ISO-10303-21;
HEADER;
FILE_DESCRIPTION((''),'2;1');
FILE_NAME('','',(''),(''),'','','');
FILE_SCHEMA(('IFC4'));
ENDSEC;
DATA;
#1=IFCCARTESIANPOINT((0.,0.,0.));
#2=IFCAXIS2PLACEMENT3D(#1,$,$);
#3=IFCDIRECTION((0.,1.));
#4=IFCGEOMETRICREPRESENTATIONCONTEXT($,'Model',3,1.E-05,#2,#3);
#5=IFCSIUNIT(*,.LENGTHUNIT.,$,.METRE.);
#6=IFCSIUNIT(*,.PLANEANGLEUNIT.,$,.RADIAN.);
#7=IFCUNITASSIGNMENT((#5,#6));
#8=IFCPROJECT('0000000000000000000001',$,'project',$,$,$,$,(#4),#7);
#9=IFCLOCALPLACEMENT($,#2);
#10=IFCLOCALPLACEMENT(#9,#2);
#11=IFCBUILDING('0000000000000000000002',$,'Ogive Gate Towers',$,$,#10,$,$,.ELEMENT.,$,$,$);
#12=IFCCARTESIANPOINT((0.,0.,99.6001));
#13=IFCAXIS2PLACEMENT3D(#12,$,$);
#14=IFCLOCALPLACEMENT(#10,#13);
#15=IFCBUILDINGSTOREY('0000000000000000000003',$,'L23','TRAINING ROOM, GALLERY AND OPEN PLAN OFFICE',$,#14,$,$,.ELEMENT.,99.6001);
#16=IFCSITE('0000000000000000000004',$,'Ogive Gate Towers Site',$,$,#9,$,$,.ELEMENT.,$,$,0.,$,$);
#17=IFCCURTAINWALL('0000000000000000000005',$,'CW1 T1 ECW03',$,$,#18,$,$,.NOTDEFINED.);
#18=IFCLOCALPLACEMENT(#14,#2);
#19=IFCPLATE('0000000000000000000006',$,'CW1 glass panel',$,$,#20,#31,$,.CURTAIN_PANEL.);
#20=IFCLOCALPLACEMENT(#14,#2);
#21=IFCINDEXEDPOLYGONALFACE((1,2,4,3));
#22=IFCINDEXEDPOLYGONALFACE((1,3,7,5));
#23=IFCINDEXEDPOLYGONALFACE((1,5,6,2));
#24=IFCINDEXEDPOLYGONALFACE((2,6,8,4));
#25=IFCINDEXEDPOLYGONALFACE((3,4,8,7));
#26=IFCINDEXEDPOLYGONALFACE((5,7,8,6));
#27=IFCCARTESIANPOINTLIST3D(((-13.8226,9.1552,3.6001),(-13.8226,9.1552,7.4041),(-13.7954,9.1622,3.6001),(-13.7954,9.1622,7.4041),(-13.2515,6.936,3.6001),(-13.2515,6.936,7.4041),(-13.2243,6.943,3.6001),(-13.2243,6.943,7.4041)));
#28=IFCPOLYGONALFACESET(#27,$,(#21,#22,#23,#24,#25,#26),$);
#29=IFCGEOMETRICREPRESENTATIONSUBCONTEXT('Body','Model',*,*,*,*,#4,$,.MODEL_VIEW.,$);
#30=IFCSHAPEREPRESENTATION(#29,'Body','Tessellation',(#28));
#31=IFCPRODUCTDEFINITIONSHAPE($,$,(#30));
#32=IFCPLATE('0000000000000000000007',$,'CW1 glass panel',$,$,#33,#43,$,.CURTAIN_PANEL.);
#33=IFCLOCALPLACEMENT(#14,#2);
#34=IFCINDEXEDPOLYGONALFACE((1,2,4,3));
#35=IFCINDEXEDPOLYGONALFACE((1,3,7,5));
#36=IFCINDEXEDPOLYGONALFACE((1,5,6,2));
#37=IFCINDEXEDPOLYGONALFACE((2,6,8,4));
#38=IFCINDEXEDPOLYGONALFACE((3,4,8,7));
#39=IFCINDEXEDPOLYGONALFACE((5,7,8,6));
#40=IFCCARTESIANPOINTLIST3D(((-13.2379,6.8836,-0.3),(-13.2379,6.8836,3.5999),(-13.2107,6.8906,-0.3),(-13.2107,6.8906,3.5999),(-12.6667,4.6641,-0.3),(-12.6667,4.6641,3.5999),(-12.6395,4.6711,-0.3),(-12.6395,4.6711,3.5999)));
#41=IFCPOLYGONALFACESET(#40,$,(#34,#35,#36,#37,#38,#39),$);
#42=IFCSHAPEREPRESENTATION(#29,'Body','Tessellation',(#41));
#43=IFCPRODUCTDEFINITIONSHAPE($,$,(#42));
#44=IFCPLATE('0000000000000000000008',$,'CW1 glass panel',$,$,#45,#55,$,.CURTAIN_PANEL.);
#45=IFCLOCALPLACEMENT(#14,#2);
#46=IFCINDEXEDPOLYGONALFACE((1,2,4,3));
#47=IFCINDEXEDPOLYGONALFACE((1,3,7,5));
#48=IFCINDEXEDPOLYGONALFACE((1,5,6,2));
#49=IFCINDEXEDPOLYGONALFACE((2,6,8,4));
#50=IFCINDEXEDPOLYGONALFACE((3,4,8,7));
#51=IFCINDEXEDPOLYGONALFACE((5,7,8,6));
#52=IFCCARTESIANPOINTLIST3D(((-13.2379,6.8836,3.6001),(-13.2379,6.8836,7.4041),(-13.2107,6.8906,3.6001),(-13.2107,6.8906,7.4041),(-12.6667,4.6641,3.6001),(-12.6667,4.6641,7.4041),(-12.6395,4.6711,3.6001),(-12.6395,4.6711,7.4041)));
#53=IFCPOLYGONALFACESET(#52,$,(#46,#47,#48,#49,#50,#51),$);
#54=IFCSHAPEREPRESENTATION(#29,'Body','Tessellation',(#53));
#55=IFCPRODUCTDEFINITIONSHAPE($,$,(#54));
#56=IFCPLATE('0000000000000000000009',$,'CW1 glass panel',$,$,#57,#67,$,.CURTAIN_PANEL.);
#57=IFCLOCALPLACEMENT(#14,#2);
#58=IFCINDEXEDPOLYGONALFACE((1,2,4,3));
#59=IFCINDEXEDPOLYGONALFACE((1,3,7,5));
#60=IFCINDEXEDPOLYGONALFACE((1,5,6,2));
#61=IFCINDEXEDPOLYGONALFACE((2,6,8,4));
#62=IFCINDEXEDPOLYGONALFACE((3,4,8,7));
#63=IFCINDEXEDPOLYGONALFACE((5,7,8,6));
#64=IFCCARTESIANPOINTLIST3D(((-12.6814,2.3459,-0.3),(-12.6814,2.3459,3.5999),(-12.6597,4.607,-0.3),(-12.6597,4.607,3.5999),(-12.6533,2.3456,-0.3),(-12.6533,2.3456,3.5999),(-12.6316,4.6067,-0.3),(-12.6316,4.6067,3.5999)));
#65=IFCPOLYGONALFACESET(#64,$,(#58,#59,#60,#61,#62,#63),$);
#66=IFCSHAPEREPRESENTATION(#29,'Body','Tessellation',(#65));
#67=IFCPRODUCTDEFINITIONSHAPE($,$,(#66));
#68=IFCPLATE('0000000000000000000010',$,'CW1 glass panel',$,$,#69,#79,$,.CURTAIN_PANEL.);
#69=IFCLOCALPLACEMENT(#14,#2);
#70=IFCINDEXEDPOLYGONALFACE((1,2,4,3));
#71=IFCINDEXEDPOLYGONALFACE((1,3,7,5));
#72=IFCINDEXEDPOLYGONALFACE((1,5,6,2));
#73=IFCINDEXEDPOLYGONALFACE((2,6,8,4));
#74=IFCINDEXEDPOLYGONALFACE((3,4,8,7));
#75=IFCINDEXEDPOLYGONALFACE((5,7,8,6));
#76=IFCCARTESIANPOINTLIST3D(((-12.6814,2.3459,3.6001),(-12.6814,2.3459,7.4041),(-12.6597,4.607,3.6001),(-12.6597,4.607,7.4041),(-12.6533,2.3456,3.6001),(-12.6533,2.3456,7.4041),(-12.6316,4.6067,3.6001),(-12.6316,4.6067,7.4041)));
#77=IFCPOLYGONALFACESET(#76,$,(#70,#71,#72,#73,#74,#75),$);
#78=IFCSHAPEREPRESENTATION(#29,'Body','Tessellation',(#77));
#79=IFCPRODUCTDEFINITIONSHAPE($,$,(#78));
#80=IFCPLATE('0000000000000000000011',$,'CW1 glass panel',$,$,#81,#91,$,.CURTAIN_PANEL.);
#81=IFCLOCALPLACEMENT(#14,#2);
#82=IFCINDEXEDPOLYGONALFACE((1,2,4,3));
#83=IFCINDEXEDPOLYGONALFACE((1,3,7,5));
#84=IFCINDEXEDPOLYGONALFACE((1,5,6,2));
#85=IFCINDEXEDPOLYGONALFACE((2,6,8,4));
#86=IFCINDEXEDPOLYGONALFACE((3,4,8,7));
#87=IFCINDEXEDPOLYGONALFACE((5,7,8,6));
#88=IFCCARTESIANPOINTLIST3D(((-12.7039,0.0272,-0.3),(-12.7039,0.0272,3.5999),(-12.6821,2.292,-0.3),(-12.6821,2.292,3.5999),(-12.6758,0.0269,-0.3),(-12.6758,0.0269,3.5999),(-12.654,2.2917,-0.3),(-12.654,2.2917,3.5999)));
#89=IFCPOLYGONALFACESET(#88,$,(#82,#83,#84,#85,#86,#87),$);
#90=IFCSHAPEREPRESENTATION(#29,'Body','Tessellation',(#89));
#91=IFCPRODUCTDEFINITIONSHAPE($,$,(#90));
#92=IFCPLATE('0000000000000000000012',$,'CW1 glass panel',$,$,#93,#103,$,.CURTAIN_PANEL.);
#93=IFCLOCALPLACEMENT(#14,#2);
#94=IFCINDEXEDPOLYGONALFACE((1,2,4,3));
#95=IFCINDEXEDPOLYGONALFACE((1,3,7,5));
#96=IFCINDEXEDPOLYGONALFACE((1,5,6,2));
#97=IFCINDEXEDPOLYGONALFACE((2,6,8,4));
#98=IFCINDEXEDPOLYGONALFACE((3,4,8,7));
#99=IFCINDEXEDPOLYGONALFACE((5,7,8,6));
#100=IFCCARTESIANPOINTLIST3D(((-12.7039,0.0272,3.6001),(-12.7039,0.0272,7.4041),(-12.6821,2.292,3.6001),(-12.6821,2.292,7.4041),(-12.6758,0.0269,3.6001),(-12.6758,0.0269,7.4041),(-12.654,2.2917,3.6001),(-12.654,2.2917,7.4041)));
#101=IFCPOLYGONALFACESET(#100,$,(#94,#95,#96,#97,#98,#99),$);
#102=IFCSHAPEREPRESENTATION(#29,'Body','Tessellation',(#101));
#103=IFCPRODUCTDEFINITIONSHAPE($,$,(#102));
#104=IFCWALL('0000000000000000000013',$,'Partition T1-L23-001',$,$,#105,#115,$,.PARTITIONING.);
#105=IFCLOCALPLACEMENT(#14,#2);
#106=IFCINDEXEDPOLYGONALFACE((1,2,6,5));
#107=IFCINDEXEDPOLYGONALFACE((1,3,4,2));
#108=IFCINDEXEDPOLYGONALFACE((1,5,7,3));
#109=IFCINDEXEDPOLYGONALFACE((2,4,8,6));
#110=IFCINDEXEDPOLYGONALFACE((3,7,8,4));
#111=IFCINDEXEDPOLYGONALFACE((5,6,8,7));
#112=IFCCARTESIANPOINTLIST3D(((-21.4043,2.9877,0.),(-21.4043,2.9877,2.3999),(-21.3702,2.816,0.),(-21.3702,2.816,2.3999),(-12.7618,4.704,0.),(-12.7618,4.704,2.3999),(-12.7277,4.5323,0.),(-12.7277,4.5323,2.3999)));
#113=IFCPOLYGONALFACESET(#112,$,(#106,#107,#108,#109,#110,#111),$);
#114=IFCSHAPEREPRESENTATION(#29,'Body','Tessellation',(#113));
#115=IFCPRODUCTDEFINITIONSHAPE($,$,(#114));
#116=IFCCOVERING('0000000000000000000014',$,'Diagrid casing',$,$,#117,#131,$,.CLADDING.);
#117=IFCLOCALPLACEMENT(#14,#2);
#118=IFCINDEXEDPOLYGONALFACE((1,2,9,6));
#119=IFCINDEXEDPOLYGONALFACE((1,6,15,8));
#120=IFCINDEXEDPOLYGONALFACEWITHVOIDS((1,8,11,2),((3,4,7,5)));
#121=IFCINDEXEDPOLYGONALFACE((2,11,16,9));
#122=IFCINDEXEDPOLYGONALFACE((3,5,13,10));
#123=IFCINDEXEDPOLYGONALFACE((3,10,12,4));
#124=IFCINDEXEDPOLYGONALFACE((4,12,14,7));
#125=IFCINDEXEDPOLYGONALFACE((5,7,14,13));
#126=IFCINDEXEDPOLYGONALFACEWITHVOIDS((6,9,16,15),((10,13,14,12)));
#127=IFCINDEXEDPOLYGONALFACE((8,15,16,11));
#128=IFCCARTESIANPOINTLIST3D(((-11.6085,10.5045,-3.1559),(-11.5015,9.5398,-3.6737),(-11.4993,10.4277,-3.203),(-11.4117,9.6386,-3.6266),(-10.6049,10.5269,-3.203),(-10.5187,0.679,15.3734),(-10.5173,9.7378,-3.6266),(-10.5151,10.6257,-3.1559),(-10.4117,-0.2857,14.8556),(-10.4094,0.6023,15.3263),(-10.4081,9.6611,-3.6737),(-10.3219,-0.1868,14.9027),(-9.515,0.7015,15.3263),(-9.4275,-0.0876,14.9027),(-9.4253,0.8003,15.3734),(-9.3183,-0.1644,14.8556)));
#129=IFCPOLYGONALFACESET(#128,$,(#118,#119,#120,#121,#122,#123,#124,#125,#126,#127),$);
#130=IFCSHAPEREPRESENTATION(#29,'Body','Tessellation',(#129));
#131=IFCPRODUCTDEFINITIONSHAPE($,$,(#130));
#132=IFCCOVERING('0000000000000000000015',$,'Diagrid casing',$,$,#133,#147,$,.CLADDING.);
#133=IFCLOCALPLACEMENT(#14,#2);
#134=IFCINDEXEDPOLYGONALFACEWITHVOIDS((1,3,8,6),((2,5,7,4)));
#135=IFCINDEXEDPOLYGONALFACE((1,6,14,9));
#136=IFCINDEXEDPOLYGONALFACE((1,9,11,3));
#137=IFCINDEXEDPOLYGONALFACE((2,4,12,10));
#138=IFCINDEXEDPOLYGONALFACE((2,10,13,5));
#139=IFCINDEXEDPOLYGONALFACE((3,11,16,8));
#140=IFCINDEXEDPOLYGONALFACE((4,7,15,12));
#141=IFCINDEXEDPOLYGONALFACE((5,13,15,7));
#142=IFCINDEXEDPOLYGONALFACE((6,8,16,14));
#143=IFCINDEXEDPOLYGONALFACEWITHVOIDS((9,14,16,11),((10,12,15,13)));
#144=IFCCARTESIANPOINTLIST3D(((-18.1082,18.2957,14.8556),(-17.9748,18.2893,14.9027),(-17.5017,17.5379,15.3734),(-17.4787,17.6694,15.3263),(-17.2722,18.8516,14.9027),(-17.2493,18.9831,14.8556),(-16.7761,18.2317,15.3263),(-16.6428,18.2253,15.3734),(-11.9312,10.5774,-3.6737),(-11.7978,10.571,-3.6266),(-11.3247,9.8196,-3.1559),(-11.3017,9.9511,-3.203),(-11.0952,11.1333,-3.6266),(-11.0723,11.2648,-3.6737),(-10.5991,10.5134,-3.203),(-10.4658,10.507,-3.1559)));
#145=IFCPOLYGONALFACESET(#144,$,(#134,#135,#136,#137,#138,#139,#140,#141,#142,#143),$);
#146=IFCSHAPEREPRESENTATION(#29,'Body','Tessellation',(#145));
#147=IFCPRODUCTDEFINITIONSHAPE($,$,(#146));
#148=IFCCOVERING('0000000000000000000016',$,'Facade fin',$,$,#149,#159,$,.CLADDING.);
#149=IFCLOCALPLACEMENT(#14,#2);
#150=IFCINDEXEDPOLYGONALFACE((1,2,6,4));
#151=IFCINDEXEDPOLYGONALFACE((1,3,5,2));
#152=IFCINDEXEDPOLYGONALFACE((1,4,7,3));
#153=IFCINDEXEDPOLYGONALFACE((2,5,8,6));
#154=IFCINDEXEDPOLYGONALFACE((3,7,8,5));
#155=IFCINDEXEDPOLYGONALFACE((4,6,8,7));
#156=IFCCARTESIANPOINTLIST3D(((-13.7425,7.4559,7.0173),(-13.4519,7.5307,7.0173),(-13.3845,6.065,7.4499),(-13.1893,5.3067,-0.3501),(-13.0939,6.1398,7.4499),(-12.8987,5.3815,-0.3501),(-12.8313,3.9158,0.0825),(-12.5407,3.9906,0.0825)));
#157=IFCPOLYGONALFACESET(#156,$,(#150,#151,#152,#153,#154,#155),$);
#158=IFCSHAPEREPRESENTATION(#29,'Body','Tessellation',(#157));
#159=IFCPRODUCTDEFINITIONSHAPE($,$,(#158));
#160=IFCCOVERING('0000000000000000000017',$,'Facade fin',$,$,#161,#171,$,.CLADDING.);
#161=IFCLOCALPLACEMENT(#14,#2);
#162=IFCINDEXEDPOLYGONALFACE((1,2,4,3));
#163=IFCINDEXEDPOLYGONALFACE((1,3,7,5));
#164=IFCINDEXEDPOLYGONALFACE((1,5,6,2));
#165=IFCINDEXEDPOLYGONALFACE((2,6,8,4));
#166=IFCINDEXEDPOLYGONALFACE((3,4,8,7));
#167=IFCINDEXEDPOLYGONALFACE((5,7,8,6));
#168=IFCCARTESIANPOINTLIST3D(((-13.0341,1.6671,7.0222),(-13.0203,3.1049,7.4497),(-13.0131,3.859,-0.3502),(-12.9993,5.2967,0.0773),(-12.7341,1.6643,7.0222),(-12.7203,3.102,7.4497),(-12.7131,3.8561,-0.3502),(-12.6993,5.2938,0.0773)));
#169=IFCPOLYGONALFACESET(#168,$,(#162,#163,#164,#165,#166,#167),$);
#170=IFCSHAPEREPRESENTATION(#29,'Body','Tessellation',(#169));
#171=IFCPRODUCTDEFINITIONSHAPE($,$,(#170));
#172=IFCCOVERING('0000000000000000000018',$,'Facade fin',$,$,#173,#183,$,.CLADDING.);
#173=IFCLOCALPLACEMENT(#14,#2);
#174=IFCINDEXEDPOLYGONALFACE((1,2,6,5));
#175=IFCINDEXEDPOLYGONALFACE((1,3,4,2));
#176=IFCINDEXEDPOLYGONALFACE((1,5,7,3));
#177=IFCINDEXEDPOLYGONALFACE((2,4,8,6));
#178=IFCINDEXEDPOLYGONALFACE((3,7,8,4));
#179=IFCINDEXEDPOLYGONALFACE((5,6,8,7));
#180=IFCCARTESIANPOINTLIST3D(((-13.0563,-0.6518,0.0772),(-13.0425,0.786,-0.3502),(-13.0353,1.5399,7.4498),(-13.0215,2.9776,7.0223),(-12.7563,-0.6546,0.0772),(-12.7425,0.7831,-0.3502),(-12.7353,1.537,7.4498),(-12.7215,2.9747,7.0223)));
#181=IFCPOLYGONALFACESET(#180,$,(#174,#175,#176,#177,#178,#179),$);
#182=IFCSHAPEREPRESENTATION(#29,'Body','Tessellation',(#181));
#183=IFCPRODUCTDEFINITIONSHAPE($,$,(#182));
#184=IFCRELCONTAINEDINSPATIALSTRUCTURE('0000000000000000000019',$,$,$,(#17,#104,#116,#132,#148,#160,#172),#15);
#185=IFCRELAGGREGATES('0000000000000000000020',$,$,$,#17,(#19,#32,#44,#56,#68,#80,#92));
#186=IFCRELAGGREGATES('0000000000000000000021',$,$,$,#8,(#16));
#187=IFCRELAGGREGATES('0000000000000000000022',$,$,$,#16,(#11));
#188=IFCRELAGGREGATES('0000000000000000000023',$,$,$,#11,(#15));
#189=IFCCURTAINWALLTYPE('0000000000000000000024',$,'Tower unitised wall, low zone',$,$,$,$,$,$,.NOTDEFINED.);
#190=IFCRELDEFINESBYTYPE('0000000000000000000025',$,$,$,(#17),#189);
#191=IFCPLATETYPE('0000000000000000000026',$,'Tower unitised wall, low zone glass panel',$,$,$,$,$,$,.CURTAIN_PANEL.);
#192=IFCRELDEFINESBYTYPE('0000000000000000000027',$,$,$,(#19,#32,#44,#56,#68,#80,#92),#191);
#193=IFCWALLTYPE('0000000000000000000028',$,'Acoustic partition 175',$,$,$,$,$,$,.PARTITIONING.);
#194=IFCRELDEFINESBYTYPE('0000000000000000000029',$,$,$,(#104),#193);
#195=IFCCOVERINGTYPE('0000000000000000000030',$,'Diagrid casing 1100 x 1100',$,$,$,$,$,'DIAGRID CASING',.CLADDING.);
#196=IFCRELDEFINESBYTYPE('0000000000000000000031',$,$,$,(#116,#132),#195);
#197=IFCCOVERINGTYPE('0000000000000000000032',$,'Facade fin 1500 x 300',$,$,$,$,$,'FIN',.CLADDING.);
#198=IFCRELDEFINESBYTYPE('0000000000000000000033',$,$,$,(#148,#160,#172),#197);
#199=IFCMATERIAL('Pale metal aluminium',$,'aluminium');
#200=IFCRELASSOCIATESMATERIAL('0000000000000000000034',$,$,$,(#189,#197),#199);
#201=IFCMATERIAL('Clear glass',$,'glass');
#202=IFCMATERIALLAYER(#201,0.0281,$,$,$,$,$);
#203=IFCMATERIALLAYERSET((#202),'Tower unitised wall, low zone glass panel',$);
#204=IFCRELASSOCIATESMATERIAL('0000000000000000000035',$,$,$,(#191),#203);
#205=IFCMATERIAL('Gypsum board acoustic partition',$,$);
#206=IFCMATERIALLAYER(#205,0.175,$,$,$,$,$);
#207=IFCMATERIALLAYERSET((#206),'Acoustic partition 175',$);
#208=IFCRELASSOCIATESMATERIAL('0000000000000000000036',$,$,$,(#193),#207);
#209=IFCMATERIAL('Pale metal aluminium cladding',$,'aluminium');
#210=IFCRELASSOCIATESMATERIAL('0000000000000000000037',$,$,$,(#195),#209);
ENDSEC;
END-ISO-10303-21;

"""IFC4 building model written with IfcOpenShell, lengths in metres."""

from ifc_helpers import new_model, si_unit, direction, frame, frame_2d, origin, origin_2d, place, context, subcontext, project, spatial, rectangle, hollow_rectangle, extrude, material, layer, layer_set, material_profile, profile_set, type_object, element, aggregate, save


model = new_model("IFC4")

# Units and contexts
model_context = context("Model", 3, precision=1e-05, world=origin(), true_north=direction((0.0, 1.0)))
body_context = subcontext(model_context, "Body", "Model", "MODEL_VIEW")
ifc_project = project(units=[si_unit("LENGTHUNIT", "METRE"), si_unit("PLANEANGLEUNIT", "RADIAN")], contexts=[model_context])

# Site, building, storey
site_placement = place(None, origin())
site = spatial("IfcSite", under=ifc_project, at=site_placement, Name="Ogive Gate Towers Site", CompositionType="ELEMENT", RefElevation=0.0)
building_placement = place(site_placement, origin())
building = spatial("IfcBuilding", under=site, at=building_placement, Name="Ogive Gate Towers", CompositionType="ELEMENT")
storey_placement = place(building_placement, frame((0.0, 0.0, 99.6001)))
storey = spatial("IfcBuildingStorey", under=building, at=storey_placement, Name="L23", Description="TRAINING ROOM, GALLERY AND OPEN PLAN OFFICE", CompositionType="ELEMENT", Elevation=99.6001)

# Curtain wall
ifc_material_1 = material(Name="Pale metal aluminium", Category="aluminium")
curtain_wall_type = type_object("IfcCurtainWallType", Name="Tower unitised wall, low zone", PredefinedType="NOTDEFINED", material=ifc_material_1)
curtain_wall_placement = place(storey_placement, origin())
curtain_wall = element("IfcCurtainWall", 1, at=curtain_wall_placement, inside=storey, type_object=curtain_wall_type, Name="CW1 T1 ECW03", PredefinedType="NOTDEFINED")

# Plates
ifc_material_2 = material(Name="Clear glass", Category="glass")
ifc_layer_1 = layer(ifc_material_2, 0.0281)
ifc_layer_set_1 = layer_set([ifc_layer_1], Name="Tower unitised wall, low zone glass panel")
plate_type = type_object("IfcPlateType", Name="Tower unitised wall, low zone glass panel", PredefinedType="CURTAIN_PANEL", material=ifc_layer_set_1)
plate_1_placement = place(storey_placement, frame((-13.5234, 8.0491, 3.6001), z_axis=(0.0, 0.0, 1.0), x_axis=(0.249248, -0.96844, 0.0)))
plate_1 = element("IfcPlate", 2, at=plate_1_placement, type_object=plate_type, Name="CW1 glass panel", PredefinedType="CURTAIN_PANEL", context=body_context, shape_type="SweptSolid", body=[
    extrude(rectangle(XDim=2.2915, YDim=0.0281, at=origin_2d()), origin(), (0.0, 0.0, 1.0), 3.804),
])
plate_2_placement = place(storey_placement, frame((-12.9387, 5.7773, -0.3), z_axis=(0.0, 0.0, 1.0), x_axis=(0.249248, -0.96844, 0.0)))
plate_2 = element("IfcPlate", 3, at=plate_2_placement, type_object=plate_type, Name="CW1 glass panel", PredefinedType="CURTAIN_PANEL", context=body_context, shape_type="SweptSolid", body=[
    extrude(rectangle(XDim=2.2917, YDim=0.0281, at=origin_2d()), origin(), (0.0, 0.0, 1.0), 3.8999),
])
plate_3_placement = place(storey_placement, frame((-12.9387, 5.7773, 3.6001), z_axis=(0.0, 0.0, 1.0), x_axis=(0.249248, -0.96844, 0.0)))
plate_3 = element("IfcPlate", 4, at=plate_3_placement, type_object=plate_type, Name="CW1 glass panel", PredefinedType="CURTAIN_PANEL", context=body_context, shape_type="SweptSolid", body=[
    extrude(rectangle(XDim=2.2917, YDim=0.0281, at=origin_2d()), origin(), (0.0, 0.0, 1.0), 3.804),
])
plate_4_placement = place(storey_placement, frame((-12.6565, 3.4763, -0.3), z_axis=(0.0, 0.0, 1.0), x_axis=(-0.009582, -0.999954, 0.0)))
plate_4 = element("IfcPlate", 5, at=plate_4_placement, type_object=plate_type, Name="CW1 glass panel", PredefinedType="CURTAIN_PANEL", context=body_context, shape_type="SweptSolid", body=[
    extrude(rectangle(XDim=2.2612, YDim=0.0281, at=origin_2d()), origin(), (0.0, 0.0, 1.0), 3.8999),
])
plate_5_placement = place(storey_placement, frame((-12.6565, 3.4763, 3.6001), z_axis=(0.0, 0.0, 1.0), x_axis=(-0.009582, -0.999954, 0.0)))
plate_5 = element("IfcPlate", 6, at=plate_5_placement, type_object=plate_type, Name="CW1 glass panel", PredefinedType="CURTAIN_PANEL", context=body_context, shape_type="SweptSolid", body=[
    extrude(rectangle(XDim=2.2612, YDim=0.0281, at=origin_2d()), origin(), (0.0, 0.0, 1.0), 3.804),
])
plate_6_placement = place(storey_placement, frame((-12.679, 1.1594, -0.3), z_axis=(0.0, 0.0, 1.0), x_axis=(-0.009617, -0.999954, 0.0)))
plate_6 = element("IfcPlate", 7, at=plate_6_placement, type_object=plate_type, Name="CW1 glass panel", PredefinedType="CURTAIN_PANEL", context=body_context, shape_type="SweptSolid", body=[
    extrude(rectangle(XDim=2.2649, YDim=0.0281, at=origin_2d()), origin(), (0.0, 0.0, 1.0), 3.8999),
])
plate_7_placement = place(storey_placement, frame((-12.679, 1.1594, 3.6001), z_axis=(0.0, 0.0, 1.0), x_axis=(-0.009617, -0.999954, 0.0)))
plate_7 = element("IfcPlate", 8, at=plate_7_placement, type_object=plate_type, Name="CW1 glass panel", PredefinedType="CURTAIN_PANEL", context=body_context, shape_type="SweptSolid", body=[
    extrude(rectangle(XDim=2.2649, YDim=0.0281, at=origin_2d()), origin(), (0.0, 0.0, 1.0), 3.804),
])
aggregate(curtain_wall, [plate_1, plate_2, plate_3, plate_4, plate_5, plate_6, plate_7])

# Wall
ifc_material_3 = material(Name="Gypsum board acoustic partition")
ifc_layer_2 = layer(ifc_material_3, 0.175)
ifc_layer_set_2 = layer_set([ifc_layer_2], Name="Acoustic partition 175")
wall_type = type_object("IfcWallType", Name="Acoustic partition 175", PredefinedType="PARTITIONING", material=ifc_layer_set_2)
wall_placement = place(storey_placement, frame((-12.7446, 4.6182, 0.0), z_axis=(0.0, 0.0, 1.0), x_axis=(-0.980846, -0.194784, 0.0)))
element("IfcWall", 9, at=wall_placement, inside=storey, type_object=wall_type, Name="Partition T1-L23-001", PredefinedType="PARTITIONING", context=body_context, shape_type="SweptSolid", body=[
    extrude(rectangle(XDim=8.8113, YDim=0.175, at=frame_2d((4.4058, 0.0))), origin(), (0.0, 0.0, 1.0), 2.3999),
])

# Coverings
ifc_material_4 = material(Name="Pale metal aluminium cladding", Category="aluminium")
ifc_material_profile_1 = material_profile(ifc_material_4, hollow_rectangle(XDim=1.1001, YDim=1.1001, WallThickness=0.1001, at=origin_2d()), Name="1100 x 1100 pale metal casing")
ifc_profile_set_1 = profile_set([ifc_material_profile_1], Name="Pale metal aluminium cladding")
covering_type_1 = type_object("IfcCoveringType", Name="Diagrid casing 1100 x 1100", ElementType="DIAGRID CASING", PredefinedType="CLADDING", material=ifc_profile_set_1)
for number, where, z_axis, x_axis, name in (
    (10, (-11.0083, 10.0828, -3.4148), (0.051894, -0.467845, 0.882286), (0.993904, 0.110244, 0.0), "Diagrid casing"),
    (11, (-11.1985, 10.5422, -3.4148), (-0.294122, 0.367511, 0.882286), (-0.780751, -0.624843, 0.0), "Diagrid casing"),
):
    element("IfcCovering", number, at=place(storey_placement, frame(where, z_axis=z_axis, x_axis=x_axis)), inside=storey, type_object=covering_type_1, Name=name, PredefinedType="CLADDING", context=body_context, shape_type="SweptSolid", body=[
        extrude(hollow_rectangle(XDim=1.1001, YDim=1.1001, WallThickness=0.1001, at=origin_2d()), origin(), (0.0, 0.0, 1.0), 21.0015),
    ])
ifc_material_profile_2 = material_profile(ifc_material_1, rectangle(XDim=0.3, YDim=1.5, at=origin_2d()), Name="1500 x 300 pale metal aluminium")
ifc_profile_set_2 = profile_set([ifc_material_profile_2], Name="Pale metal aluminium")
covering_type_2 = type_object("IfcCoveringType", Name="Facade fin 1500 x 300", ElementType="FIN", PredefinedType="CLADDING", material=ifc_profile_set_2)
covering_placement = place(storey_placement, frame((-12.865, 4.6487, -0.1338), z_axis=(-0.071899, 0.279316, 0.957504), x_axis=(-0.96843, -0.249286, 0.0)))
element("IfcCovering", 12, at=covering_placement, inside=storey, type_object=covering_type_2, Name="Facade fin", PredefinedType="CLADDING", context=body_context, shape_type="SweptSolid", body=[
    extrude(rectangle(XDim=0.3, YDim=1.5, at=origin_2d()), origin(), (0.0, 0.0, 1.0), 7.6943),
])
for number, where, z_axis, x_axis, name in (
    (13, (-12.8562, 4.5764, -0.1365), (-0.00273, -0.284976, 0.958531), (0.999954, -0.009579, 0.0), "Facade fin"),
    (14, (-12.8994, 0.0657, -0.1365), (0.00273, 0.284946, 0.95854), (-0.999954, 0.00958, 0.0), "Facade fin"),
):
    element("IfcCovering", number, at=place(storey_placement, frame(where, z_axis=z_axis, x_axis=x_axis)), inside=storey, type_object=covering_type_2, Name=name, PredefinedType="CLADDING", context=body_context, shape_type="SweptSolid", body=[
        extrude(rectangle(XDim=0.3, YDim=1.5, at=origin_2d()), origin(), (0.0, 0.0, 1.0), 7.6914),
    ])

save(model, "model.ifc")
